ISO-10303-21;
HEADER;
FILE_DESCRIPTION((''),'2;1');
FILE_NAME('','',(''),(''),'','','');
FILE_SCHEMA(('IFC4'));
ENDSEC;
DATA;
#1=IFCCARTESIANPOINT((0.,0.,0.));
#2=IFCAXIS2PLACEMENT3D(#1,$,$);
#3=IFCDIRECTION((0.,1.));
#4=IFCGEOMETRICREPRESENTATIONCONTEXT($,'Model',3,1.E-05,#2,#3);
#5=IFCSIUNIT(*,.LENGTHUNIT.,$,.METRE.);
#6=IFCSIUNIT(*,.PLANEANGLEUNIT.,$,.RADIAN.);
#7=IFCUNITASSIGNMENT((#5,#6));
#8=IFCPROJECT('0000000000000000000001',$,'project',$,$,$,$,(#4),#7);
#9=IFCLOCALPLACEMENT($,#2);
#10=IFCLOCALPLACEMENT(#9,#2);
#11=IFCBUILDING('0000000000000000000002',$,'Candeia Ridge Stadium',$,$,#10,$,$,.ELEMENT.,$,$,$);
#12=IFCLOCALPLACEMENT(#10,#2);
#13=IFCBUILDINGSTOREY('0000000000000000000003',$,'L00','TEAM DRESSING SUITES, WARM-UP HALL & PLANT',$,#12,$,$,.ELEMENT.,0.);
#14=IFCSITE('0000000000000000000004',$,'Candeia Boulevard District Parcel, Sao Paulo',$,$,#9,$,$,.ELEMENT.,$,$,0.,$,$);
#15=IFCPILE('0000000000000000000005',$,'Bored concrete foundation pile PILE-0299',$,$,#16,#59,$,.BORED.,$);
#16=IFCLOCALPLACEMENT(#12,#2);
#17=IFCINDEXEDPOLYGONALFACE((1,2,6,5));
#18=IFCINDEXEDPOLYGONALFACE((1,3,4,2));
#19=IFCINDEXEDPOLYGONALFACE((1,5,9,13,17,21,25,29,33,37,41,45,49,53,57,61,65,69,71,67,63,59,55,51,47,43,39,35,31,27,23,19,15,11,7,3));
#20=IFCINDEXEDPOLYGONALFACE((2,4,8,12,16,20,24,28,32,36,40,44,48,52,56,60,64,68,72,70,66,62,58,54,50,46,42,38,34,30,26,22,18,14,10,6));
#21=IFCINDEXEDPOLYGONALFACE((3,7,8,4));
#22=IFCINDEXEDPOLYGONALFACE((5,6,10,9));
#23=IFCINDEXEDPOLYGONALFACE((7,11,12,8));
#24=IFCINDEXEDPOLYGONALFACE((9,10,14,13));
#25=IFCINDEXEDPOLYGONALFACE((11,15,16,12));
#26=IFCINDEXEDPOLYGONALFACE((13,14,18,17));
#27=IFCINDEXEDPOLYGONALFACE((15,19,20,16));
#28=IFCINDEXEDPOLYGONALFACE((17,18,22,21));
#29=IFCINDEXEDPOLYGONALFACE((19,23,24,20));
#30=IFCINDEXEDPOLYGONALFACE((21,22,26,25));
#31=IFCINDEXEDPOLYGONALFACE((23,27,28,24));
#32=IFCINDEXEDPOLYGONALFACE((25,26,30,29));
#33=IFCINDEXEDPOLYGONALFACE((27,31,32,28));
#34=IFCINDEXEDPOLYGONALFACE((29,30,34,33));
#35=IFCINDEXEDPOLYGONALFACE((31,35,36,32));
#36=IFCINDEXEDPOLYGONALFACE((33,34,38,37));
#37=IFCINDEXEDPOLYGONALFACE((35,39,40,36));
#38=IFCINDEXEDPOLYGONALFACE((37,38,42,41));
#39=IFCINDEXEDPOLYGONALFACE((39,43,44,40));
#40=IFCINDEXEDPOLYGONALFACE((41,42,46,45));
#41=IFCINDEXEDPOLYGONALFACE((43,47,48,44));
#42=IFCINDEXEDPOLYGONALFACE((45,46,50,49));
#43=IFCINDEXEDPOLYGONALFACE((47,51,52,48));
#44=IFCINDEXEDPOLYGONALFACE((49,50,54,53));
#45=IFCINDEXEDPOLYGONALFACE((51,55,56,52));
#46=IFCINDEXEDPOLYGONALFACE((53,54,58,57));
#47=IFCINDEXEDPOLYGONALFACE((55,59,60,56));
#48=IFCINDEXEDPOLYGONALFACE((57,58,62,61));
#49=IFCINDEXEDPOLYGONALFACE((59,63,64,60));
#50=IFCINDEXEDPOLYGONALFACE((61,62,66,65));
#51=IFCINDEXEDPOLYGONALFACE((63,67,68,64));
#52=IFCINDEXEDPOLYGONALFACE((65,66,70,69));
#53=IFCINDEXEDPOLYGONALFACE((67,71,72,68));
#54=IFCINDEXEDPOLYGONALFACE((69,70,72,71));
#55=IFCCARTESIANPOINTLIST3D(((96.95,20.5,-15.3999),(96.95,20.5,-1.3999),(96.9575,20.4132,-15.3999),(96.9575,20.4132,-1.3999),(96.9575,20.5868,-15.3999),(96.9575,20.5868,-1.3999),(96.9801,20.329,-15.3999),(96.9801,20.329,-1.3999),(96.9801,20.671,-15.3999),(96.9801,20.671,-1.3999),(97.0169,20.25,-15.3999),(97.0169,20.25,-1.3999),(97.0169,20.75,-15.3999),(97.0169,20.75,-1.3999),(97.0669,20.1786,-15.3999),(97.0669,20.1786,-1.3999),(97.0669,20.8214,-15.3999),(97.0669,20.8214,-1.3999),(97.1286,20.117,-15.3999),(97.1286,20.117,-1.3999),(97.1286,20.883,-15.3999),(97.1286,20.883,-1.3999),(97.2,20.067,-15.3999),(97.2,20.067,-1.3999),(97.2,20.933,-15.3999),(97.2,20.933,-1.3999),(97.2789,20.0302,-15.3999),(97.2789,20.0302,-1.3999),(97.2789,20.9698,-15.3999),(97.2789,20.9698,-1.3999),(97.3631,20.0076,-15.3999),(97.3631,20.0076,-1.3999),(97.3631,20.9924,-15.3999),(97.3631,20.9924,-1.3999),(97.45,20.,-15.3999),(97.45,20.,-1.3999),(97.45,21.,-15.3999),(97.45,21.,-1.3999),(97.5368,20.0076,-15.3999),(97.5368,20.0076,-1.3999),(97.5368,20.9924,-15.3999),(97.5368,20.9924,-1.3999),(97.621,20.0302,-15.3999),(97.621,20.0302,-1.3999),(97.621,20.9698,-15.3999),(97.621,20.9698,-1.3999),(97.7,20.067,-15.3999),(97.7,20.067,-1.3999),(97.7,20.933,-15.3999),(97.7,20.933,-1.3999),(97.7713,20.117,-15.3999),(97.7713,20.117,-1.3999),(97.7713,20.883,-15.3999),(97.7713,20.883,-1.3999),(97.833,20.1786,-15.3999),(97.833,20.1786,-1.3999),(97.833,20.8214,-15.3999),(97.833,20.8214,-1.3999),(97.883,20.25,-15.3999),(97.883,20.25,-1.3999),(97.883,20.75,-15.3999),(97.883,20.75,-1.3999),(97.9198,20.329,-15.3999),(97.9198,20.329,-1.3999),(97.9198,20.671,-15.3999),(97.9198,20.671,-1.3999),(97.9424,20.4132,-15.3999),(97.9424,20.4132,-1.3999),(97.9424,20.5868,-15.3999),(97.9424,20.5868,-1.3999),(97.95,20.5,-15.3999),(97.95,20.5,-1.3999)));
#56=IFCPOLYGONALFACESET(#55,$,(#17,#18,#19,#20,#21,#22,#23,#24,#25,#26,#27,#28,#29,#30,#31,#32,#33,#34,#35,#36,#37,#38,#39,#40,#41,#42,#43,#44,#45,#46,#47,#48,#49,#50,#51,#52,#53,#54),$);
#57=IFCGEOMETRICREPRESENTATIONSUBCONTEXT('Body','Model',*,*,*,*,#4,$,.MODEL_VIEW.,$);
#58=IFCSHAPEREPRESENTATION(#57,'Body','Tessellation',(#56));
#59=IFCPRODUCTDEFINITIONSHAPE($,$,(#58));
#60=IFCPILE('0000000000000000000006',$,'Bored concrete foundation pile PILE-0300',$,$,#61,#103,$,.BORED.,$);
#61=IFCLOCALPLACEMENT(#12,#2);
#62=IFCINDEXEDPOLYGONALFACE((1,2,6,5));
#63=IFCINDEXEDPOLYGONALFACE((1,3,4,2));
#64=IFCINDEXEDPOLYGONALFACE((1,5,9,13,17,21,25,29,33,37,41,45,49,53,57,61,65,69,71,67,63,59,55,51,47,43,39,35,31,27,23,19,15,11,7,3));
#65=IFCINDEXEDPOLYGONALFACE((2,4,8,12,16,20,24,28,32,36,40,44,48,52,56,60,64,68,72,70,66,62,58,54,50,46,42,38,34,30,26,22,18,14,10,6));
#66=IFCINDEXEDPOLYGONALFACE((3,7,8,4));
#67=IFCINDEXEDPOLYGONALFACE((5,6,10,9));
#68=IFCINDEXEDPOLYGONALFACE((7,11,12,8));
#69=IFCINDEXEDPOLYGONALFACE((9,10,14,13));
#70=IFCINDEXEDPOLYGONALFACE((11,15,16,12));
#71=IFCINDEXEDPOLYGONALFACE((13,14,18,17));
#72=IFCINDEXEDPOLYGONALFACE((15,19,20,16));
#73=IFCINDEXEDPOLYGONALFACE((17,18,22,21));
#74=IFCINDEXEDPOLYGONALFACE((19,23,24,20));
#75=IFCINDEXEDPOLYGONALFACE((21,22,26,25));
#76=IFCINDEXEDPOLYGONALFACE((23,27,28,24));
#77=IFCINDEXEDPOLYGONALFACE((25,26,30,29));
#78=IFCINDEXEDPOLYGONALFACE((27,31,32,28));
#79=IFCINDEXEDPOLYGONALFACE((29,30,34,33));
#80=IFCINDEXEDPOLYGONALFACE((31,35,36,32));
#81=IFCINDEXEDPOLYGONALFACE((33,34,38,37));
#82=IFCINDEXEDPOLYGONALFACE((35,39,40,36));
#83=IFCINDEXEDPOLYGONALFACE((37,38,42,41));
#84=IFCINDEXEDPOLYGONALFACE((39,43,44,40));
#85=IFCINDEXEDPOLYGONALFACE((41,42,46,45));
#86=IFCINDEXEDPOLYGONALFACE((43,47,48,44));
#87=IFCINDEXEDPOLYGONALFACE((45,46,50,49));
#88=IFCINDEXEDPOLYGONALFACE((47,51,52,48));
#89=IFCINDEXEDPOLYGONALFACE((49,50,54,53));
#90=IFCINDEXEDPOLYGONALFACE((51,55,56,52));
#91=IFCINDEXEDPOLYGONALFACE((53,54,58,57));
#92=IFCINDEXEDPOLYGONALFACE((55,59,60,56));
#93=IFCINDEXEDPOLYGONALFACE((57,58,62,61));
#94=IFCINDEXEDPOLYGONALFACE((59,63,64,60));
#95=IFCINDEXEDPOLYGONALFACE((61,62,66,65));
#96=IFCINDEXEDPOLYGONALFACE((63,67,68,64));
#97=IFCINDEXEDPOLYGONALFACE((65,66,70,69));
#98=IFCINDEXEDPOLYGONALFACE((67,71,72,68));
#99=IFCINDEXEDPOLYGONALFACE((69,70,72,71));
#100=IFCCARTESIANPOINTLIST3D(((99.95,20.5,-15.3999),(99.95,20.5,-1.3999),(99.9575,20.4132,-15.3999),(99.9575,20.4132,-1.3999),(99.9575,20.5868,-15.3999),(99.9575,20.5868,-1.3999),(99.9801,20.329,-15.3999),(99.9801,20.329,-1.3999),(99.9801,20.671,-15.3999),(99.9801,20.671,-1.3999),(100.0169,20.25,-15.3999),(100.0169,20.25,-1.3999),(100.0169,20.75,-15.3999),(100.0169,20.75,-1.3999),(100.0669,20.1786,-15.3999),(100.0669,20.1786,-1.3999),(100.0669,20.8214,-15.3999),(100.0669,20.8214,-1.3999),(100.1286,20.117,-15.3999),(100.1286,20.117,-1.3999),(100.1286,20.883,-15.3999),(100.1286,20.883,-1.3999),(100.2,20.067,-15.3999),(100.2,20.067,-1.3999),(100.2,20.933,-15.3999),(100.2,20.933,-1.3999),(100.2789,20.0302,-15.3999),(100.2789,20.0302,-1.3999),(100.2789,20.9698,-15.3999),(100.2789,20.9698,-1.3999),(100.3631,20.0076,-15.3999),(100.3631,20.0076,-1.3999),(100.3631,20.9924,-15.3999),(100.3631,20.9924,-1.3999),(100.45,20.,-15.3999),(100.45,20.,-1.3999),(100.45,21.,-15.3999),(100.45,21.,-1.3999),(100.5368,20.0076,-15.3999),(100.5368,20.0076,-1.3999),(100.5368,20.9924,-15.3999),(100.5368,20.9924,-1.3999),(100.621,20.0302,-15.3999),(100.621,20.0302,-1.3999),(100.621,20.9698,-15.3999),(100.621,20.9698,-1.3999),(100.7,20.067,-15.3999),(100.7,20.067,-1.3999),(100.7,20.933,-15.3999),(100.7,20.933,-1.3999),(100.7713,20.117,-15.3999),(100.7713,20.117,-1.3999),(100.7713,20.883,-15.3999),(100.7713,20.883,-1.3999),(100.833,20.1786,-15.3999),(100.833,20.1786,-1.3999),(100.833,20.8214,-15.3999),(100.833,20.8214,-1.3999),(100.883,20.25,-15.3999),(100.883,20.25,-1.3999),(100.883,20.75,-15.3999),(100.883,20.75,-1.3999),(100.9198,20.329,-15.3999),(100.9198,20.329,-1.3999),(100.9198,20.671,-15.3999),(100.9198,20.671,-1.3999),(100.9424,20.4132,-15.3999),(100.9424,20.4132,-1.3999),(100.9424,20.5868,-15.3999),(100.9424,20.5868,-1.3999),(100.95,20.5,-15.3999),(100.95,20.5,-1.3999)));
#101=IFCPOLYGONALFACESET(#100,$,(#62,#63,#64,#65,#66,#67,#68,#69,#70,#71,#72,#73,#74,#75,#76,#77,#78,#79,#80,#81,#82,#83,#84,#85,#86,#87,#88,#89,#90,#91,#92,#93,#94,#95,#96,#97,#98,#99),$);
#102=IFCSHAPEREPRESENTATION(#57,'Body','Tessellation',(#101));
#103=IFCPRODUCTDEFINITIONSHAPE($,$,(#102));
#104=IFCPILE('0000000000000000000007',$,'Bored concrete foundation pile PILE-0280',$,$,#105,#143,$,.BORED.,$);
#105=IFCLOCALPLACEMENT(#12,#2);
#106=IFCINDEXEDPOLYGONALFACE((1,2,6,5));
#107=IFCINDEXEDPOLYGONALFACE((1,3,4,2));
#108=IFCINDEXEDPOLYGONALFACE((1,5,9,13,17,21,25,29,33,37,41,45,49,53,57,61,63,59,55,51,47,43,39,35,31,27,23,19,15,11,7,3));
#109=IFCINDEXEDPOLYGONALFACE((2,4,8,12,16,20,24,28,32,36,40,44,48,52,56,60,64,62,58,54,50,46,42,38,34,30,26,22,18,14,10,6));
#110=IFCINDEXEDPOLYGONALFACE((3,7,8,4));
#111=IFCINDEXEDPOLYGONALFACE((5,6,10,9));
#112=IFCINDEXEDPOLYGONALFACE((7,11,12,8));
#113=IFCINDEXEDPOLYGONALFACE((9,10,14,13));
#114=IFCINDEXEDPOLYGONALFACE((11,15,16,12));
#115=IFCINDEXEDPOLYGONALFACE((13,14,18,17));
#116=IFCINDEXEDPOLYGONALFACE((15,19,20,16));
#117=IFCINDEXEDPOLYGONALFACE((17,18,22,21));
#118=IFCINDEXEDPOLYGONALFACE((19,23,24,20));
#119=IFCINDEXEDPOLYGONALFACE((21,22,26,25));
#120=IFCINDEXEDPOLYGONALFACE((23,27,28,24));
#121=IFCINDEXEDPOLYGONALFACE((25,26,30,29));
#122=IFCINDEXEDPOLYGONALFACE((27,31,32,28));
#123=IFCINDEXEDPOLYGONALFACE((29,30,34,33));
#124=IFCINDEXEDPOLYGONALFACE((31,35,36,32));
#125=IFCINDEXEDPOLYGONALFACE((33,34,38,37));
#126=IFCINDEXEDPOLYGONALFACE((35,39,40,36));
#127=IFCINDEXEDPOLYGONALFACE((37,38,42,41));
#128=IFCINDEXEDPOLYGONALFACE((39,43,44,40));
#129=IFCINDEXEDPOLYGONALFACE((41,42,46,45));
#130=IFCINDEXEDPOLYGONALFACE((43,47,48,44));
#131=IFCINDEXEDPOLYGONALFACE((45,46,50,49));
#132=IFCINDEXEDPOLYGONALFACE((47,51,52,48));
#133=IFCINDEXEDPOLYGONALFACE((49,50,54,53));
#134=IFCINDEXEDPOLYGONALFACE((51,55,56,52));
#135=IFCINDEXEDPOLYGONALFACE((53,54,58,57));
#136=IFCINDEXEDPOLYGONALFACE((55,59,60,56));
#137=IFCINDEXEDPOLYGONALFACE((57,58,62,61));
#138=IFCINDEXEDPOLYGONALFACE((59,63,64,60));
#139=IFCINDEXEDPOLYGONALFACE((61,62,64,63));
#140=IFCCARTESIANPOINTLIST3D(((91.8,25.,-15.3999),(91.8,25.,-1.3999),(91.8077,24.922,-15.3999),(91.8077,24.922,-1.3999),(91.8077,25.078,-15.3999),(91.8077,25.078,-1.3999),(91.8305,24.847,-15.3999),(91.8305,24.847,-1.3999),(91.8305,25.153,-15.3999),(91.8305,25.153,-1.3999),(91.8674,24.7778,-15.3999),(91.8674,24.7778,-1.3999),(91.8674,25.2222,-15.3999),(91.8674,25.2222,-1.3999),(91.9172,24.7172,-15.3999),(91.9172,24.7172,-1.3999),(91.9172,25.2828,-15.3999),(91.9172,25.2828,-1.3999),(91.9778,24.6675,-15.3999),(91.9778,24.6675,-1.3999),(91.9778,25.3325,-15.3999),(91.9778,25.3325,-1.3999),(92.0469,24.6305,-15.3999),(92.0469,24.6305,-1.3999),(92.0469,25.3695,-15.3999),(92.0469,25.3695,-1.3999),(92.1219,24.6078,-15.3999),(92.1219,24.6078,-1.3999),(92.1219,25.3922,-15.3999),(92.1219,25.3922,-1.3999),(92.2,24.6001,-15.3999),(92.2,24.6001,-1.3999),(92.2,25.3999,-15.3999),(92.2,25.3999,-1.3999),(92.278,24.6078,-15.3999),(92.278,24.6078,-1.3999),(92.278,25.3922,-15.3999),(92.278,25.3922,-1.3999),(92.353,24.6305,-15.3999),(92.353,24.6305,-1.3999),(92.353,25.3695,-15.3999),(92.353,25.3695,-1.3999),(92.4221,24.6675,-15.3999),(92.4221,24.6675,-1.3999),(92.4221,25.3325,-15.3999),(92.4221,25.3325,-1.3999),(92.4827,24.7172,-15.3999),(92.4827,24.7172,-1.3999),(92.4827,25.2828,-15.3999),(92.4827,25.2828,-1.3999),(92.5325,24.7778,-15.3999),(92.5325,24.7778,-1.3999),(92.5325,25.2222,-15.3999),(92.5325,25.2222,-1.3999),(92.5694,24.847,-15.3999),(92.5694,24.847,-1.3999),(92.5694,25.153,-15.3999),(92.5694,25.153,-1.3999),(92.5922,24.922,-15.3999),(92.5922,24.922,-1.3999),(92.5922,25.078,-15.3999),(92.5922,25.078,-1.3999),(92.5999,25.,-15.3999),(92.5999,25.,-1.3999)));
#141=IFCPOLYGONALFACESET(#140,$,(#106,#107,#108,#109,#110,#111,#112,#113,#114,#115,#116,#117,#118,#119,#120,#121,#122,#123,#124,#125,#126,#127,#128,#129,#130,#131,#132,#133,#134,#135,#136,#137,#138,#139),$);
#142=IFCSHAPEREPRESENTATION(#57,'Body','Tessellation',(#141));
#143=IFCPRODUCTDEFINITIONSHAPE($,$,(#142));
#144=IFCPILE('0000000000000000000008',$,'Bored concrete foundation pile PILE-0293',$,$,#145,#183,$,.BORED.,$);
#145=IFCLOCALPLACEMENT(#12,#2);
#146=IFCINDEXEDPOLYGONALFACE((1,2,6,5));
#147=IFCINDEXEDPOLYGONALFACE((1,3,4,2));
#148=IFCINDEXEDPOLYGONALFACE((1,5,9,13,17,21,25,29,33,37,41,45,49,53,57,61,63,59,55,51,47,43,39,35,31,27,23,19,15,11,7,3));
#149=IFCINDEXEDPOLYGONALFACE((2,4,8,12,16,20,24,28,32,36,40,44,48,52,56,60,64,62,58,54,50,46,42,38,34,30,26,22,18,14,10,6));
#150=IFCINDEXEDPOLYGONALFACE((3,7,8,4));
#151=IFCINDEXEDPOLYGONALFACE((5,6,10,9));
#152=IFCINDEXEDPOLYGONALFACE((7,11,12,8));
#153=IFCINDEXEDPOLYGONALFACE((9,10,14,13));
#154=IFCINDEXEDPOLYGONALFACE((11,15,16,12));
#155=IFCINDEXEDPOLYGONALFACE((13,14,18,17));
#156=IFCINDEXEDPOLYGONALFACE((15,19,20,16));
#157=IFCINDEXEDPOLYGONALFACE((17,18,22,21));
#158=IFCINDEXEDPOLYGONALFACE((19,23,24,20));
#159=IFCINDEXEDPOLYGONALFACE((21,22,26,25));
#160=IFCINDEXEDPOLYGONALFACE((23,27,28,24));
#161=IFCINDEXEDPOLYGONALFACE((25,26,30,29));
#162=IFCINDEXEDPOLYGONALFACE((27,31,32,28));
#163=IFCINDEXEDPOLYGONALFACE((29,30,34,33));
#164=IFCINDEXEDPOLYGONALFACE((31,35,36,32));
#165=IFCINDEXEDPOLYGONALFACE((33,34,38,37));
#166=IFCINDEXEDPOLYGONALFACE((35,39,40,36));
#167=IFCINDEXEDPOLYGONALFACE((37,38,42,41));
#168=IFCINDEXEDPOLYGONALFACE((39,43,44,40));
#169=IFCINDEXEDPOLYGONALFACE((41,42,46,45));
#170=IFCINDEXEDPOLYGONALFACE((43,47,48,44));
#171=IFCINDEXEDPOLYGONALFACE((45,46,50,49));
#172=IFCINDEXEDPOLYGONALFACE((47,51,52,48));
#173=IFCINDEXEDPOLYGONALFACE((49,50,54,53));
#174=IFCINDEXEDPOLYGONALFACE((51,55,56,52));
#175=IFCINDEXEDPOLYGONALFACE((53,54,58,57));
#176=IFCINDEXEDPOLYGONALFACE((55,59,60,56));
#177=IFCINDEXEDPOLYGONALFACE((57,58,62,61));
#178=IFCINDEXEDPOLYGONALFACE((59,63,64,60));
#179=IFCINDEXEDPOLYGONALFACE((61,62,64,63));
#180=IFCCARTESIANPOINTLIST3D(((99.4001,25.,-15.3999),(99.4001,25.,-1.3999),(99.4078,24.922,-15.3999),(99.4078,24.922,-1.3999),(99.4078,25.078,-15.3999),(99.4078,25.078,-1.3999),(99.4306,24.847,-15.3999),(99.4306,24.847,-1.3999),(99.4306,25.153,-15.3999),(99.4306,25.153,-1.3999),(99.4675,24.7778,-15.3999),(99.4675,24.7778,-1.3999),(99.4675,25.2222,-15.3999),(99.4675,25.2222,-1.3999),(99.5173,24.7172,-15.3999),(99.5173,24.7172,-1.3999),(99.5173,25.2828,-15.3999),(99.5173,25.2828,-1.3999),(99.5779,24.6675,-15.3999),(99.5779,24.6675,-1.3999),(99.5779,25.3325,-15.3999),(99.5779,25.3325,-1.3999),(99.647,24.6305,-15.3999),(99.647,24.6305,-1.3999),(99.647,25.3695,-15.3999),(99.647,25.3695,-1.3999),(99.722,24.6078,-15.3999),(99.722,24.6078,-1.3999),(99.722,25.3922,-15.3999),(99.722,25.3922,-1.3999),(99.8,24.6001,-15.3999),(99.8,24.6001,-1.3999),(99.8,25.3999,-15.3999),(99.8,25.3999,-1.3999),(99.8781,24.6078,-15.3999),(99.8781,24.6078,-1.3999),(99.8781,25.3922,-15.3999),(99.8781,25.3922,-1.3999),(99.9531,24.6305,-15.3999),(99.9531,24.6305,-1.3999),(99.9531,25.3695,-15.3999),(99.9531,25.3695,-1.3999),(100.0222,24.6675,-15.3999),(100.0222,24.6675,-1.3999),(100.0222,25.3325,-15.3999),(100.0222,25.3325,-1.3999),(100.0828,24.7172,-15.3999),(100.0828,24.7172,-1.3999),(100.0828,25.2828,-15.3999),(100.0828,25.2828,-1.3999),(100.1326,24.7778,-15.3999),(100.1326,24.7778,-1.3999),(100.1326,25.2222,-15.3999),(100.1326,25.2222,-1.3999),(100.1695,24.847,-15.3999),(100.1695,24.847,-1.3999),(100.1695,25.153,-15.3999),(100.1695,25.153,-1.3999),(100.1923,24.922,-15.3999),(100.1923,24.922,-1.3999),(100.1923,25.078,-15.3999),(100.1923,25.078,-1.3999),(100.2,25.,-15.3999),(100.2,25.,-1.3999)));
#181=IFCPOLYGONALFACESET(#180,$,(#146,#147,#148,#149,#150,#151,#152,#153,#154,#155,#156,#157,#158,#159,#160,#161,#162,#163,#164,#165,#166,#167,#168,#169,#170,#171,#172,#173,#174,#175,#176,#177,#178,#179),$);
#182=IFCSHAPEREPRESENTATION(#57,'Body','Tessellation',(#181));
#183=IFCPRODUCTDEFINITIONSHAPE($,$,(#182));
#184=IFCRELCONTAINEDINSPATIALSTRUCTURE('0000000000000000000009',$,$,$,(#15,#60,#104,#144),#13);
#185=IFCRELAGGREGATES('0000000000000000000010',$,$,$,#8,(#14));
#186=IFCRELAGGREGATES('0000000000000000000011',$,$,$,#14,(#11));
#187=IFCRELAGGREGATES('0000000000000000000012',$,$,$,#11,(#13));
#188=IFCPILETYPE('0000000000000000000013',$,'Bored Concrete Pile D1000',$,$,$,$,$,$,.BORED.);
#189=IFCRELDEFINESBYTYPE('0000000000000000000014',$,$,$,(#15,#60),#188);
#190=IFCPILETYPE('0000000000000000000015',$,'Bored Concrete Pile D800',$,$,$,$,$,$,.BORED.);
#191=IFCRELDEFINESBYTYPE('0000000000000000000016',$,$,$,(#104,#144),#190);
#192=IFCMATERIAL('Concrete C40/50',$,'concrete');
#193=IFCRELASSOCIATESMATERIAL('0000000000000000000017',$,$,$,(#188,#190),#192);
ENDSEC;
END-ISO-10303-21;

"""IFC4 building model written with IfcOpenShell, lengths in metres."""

from ifc_helpers import new_model, si_unit, direction, frame, origin, origin_2d, place, context, subcontext, project, spatial, circle, extrude, material, material_profile, profile_set, type_object, element, save


model = new_model("IFC4")

# Units and contexts
model_context = context("Model", 3, precision=1e-05, world=origin(), true_north=direction((0.0, 1.0)))
body_context = subcontext(model_context, "Body", "Model", "MODEL_VIEW")
ifc_project = project(units=[si_unit("LENGTHUNIT", "METRE"), si_unit("PLANEANGLEUNIT", "RADIAN")], contexts=[model_context])

# Site, building, storey
site_placement = place(None, origin())
site = spatial("IfcSite", under=ifc_project, at=site_placement, Name="Candeia Boulevard District Parcel, Sao Paulo", CompositionType="ELEMENT", RefElevation=0.0)
building_placement = place(site_placement, origin())
building = spatial("IfcBuilding", under=site, at=building_placement, Name="Candeia Ridge Stadium", CompositionType="ELEMENT")
storey_placement = place(building_placement, origin())
storey = spatial("IfcBuildingStorey", under=building, at=storey_placement, Name="L00", Description="TEAM DRESSING SUITES, WARM-UP HALL & PLANT", CompositionType="ELEMENT", Elevation=0.0)

# Piles
ifc_material_1 = material(Name="Concrete C40/50", Category="concrete")
ifc_material_profile_1 = material_profile(ifc_material_1, circle(Radius=0.5, at=origin_2d()), Name="PILE-D1000", Category="concrete")
ifc_profile_set_1 = profile_set([ifc_material_profile_1], Name="Concrete C40/50")
pile_type_1 = type_object("IfcPileType", Name="Bored Concrete Pile D1000", PredefinedType="BORED", material=ifc_profile_set_1)
for number, where, z_axis, x_axis, name in (
    (1, (97.45, 20.5, -1.3999), (0.0, 0.0, -1.0), (1.0, 0.0, 0.0), "Bored concrete foundation pile PILE-0299"),
    (2, (100.45, 20.5, -1.3999), (0.0, 0.0, -1.0), (1.0, 0.0, 0.0), "Bored concrete foundation pile PILE-0300"),
):
    element("IfcPile", number, at=place(storey_placement, frame(where, z_axis=z_axis, x_axis=x_axis)), inside=storey, type_object=pile_type_1, Name=name, PredefinedType="BORED", context=body_context, shape_type="SweptSolid", body=[
        extrude(circle(Radius=0.5, at=origin_2d()), origin(), (0.0, 0.0, 1.0), 14.0),
    ])
ifc_material_profile_2 = material_profile(ifc_material_1, circle(Radius=0.3999, at=origin_2d()), Name="PILE-D800", Category="concrete")
ifc_profile_set_2 = profile_set([ifc_material_profile_2], Name="Concrete C40/50")
pile_type_2 = type_object("IfcPileType", Name="Bored Concrete Pile D800", PredefinedType="BORED", material=ifc_profile_set_2)
for number, where, z_axis, x_axis, name in (
    (3, (92.2, 25.0, -1.3999), (0.0, 0.0, -1.0), (1.0, 0.0, 0.0), "Bored concrete foundation pile PILE-0280"),
    (4, (99.8, 25.0, -1.3999), (0.0, 0.0, -1.0), (1.0, 0.0, 0.0), "Bored concrete foundation pile PILE-0293"),
):
    element("IfcPile", number, at=place(storey_placement, frame(where, z_axis=z_axis, x_axis=x_axis)), inside=storey, type_object=pile_type_2, Name=name, PredefinedType="BORED", context=body_context, shape_type="SweptSolid", body=[
        extrude(circle(Radius=0.3999, at=origin_2d()), origin(), (0.0, 0.0, 1.0), 14.0),
    ])

save(model, "model.ifc")
